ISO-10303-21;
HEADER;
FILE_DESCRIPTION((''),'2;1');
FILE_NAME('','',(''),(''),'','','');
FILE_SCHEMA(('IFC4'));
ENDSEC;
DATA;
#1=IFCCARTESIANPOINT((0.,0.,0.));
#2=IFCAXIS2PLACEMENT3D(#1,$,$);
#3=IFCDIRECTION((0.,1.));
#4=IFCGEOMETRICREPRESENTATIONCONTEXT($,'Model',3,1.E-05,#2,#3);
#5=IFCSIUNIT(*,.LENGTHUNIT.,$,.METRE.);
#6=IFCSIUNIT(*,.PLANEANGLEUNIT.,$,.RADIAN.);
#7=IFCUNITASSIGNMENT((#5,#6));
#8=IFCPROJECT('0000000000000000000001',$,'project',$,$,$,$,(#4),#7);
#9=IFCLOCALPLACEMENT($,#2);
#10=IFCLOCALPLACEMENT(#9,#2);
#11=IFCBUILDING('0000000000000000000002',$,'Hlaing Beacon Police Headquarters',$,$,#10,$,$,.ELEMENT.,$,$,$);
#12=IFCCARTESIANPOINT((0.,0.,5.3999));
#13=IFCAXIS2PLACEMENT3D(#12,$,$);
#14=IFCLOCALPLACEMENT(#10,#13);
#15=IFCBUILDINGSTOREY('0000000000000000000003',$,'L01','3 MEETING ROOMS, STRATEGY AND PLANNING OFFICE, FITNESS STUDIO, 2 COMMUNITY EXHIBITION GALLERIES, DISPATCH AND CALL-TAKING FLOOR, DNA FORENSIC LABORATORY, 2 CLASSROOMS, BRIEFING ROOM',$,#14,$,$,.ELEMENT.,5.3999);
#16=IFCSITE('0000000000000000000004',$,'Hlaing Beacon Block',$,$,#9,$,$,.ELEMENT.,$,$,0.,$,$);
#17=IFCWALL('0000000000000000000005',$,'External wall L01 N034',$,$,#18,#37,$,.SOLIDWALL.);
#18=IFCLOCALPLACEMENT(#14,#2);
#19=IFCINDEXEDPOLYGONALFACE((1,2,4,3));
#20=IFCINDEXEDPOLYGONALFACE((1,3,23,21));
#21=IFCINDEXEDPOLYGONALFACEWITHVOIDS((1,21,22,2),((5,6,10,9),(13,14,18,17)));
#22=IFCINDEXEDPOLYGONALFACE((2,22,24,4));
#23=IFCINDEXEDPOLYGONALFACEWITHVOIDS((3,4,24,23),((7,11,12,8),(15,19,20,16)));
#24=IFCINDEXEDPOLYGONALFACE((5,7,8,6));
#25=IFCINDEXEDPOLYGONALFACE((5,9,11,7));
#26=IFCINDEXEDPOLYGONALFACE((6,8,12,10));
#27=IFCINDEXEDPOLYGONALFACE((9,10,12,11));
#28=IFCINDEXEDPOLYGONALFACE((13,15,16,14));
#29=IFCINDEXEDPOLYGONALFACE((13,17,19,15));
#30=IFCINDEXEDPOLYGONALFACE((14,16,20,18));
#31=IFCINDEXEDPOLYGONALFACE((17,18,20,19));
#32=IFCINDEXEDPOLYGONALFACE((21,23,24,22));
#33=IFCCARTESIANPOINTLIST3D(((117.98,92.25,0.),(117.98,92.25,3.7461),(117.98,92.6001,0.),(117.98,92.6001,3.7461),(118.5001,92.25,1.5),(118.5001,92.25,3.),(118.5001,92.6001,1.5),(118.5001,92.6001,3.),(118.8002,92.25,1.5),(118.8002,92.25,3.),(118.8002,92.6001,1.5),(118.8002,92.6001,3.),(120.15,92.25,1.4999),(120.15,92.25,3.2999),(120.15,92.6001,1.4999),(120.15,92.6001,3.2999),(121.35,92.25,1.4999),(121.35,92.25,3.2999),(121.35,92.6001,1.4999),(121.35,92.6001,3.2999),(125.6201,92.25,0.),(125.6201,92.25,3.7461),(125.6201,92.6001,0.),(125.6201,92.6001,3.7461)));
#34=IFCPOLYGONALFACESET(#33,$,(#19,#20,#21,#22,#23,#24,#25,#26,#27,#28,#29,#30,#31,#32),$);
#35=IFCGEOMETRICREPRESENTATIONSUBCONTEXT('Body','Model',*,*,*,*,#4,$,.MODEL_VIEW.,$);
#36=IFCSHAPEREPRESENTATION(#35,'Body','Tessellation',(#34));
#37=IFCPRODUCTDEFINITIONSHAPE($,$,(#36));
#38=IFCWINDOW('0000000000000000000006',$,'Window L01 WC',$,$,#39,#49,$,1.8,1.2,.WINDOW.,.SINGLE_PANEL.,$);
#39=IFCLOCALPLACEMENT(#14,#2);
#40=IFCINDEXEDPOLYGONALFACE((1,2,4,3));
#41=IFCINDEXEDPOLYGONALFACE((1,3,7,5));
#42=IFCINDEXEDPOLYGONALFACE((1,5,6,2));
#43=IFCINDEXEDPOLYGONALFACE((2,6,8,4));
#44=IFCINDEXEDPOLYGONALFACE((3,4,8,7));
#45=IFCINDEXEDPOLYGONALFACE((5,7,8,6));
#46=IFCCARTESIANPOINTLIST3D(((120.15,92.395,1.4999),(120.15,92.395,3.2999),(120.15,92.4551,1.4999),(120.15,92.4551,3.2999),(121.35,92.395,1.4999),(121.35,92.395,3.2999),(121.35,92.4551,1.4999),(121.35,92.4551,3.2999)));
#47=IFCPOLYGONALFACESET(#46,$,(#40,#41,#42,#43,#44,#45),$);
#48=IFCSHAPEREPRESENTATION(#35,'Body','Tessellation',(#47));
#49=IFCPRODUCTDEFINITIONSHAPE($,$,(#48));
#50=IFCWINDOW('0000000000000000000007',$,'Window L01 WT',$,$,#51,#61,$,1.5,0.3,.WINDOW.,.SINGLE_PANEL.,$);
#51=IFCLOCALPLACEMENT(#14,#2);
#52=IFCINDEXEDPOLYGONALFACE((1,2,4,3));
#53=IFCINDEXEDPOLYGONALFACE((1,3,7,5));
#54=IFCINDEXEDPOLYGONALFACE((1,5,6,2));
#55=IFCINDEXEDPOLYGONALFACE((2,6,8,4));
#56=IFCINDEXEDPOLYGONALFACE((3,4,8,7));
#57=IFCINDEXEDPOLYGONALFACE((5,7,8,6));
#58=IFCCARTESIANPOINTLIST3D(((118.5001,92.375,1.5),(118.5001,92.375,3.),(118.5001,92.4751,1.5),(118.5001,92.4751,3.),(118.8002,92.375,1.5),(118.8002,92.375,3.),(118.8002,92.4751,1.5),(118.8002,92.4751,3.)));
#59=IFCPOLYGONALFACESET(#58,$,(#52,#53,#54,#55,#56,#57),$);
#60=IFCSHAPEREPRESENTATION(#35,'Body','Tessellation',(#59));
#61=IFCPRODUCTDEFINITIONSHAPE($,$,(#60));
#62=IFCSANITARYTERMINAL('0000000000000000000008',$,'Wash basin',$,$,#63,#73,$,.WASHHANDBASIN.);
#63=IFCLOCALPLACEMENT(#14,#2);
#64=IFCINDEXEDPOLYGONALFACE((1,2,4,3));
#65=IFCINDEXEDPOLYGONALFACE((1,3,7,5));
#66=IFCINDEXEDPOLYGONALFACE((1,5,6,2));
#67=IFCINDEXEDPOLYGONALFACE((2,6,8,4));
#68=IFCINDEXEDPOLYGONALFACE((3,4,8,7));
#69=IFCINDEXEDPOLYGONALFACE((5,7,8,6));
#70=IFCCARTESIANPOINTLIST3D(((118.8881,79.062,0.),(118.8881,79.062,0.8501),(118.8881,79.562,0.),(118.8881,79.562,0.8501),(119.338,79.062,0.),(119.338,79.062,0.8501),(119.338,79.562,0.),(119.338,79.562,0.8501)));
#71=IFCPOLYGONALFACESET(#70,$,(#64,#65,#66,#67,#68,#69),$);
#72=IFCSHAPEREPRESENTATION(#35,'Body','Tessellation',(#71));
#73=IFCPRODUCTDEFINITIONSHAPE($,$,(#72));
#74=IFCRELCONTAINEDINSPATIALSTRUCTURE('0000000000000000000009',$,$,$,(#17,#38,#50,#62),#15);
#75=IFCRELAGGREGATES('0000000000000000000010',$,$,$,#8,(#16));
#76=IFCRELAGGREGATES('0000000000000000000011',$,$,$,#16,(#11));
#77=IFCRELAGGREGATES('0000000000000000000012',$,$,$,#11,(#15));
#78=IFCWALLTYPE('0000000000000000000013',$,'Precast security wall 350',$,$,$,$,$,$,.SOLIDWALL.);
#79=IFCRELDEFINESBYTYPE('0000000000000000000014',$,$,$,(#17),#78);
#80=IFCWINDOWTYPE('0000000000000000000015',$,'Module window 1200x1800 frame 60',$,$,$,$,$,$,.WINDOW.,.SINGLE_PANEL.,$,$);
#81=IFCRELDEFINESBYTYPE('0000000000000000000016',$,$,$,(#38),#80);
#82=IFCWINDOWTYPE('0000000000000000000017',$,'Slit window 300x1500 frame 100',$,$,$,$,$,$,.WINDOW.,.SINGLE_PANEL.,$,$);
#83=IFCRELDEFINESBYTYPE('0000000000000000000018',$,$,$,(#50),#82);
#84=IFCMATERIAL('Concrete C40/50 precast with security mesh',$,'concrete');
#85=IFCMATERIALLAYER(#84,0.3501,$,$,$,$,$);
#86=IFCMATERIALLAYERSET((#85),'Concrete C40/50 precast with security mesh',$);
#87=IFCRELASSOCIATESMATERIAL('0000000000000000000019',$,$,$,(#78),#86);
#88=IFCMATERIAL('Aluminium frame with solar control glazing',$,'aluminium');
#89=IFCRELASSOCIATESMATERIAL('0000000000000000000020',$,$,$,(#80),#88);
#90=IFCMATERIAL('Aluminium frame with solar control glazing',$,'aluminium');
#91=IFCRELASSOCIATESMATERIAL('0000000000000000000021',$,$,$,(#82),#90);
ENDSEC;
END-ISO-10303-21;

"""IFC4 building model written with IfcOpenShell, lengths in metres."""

from ifc_helpers import new_model, si_unit, direction, frame, frame_2d, origin, origin_2d, place, context, subcontext, project, spatial, rectangle, extrude, material, layer, layer_set, type_object, element, fill, save


model = new_model("IFC4")

# Units and contexts
model_context = context("Model", 3, precision=1e-05, world=origin(), true_north=direction((0.0, 1.0)))
body_context = subcontext(model_context, "Body", "Model", "MODEL_VIEW")
ifc_project = project(units=[si_unit("LENGTHUNIT", "METRE"), si_unit("PLANEANGLEUNIT", "RADIAN")], contexts=[model_context])

# Site, building, storey
site_placement = place(None, origin())
site = spatial("IfcSite", under=ifc_project, at=site_placement, Name="Hlaing Beacon Block", CompositionType="ELEMENT", RefElevation=0.0)
building_placement = place(site_placement, origin())
building = spatial("IfcBuilding", under=site, at=building_placement, Name="Hlaing Beacon Police Headquarters", CompositionType="ELEMENT")
storey_placement = place(building_placement, frame((0.0, 0.0, 5.3999)))
storey = spatial("IfcBuildingStorey", under=building, at=storey_placement, Name="L01", Description="3 MEETING ROOMS, STRATEGY AND PLANNING OFFICE, FITNESS STUDIO, 2 COMMUNITY EXHIBITION GALLERIES, DISPATCH AND CALL-TAKING FLOOR, DNA FORENSIC LABORATORY, 2 CLASSROOMS, BRIEFING ROOM", CompositionType="ELEMENT", Elevation=5.3999)

# Wall, openings, windows
ifc_material_1 = material(Name="Concrete C40/50 precast with security mesh", Category="concrete")
ifc_layer_1 = layer(ifc_material_1, 0.3501)
ifc_layer_set_1 = layer_set([ifc_layer_1], Name="Concrete C40/50 precast with security mesh")
wall_type_1 = type_object("IfcWallType", Name="Precast security wall 350", PredefinedType="SOLIDWALL", material=ifc_layer_set_1)
wall_1_placement = place(storey_placement, frame((125.6201, 92.425, 0.0), z_axis=(0.0, 0.0, 1.0), x_axis=(-1.0, 0.0, 0.0)))
wall_1 = element("IfcWall", 1, at=wall_1_placement, inside=storey, type_object=wall_type_1, Name="External wall L01 N034", PredefinedType="SOLIDWALL", context=body_context, shape_type="SweptSolid", body=[
    extrude(rectangle(XDim=7.6401, YDim=0.3501, at=frame_2d((3.8201, 0.0))), origin(), (0.0, 0.0, 1.0), 3.7461),
])
opening_1_placement = place(wall_1_placement, frame((4.27, 0.0, 1.5)))
opening_1 = element("IfcOpeningElement", 2, at=opening_1_placement, cuts=wall_1, PredefinedType="OPENING", context=body_context, shape_type="SweptSolid", body=[
    extrude(rectangle(XDim=1.2, YDim=1.8, at=frame_2d((0.6001, 0.8999))), frame((0.0, 0.1851, 0.0), z_axis=(0.0, -1.0, 0.0), x_axis=(1.0, 0.0, 0.0)), (0.0, 0.0, 1.0), 0.3701),
])
opening_2_placement = place(wall_1_placement, frame((6.8201, 0.0, 1.5)))
opening_2 = element("IfcOpeningElement", 3, at=opening_2_placement, cuts=wall_1, PredefinedType="OPENING", context=body_context, shape_type="SweptSolid", body=[
    extrude(rectangle(XDim=0.3, YDim=1.5, at=frame_2d((0.1499, 0.75))), frame((0.0, 0.1851, 0.0), z_axis=(0.0, -1.0, 0.0), x_axis=(1.0, 0.0, 0.0)), (0.0, 0.0, 1.0), 0.3701),
])
ifc_material_2 = material(Name="Aluminium frame with solar control glazing", Category="aluminium")
window_type_1 = type_object("IfcWindowType", Name="Module window 1200x1800 frame 60", PartitioningType="SINGLE_PANEL", PredefinedType="WINDOW", material=ifc_material_2)
window_1_placement = place(opening_1_placement, origin())
window_1 = element("IfcWindow", 4, at=window_1_placement, inside=storey, type_object=window_type_1, Name="Window L01 WC", OverallHeight=1.8, OverallWidth=1.2, PartitioningType="SINGLE_PANEL", PredefinedType="WINDOW", context=body_context, shape_type="SweptSolid", body=[
    extrude(rectangle(XDim=1.2, YDim=1.8, at=frame_2d((0.6001, 0.8999))), frame((0.0, 0.03, 0.0), z_axis=(0.0, -1.0, 0.0), x_axis=(1.0, 0.0, 0.0)), (0.0, 0.0, 1.0), 0.0601),
])
fill(opening_1, window_1)
ifc_material_3 = material(Name="Aluminium frame with solar control glazing", Category="aluminium")
window_type_2 = type_object("IfcWindowType", Name="Slit window 300x1500 frame 100", PartitioningType="SINGLE_PANEL", PredefinedType="WINDOW", material=ifc_material_3)
window_2_placement = place(opening_2_placement, origin())
window_2 = element("IfcWindow", 5, at=window_2_placement, inside=storey, type_object=window_type_2, Name="Window L01 WT", OverallHeight=1.5, OverallWidth=0.3, PartitioningType="SINGLE_PANEL", PredefinedType="WINDOW", context=body_context, shape_type="SweptSolid", body=[
    extrude(rectangle(XDim=0.3, YDim=1.5, at=frame_2d((0.1499, 0.75))), frame((0.0, 0.05, 0.0), z_axis=(0.0, -1.0, 0.0), x_axis=(1.0, 0.0, 0.0)), (0.0, 0.0, 1.0), 0.1001),
])
fill(opening_2, window_2)

# Sanitary terminal
sanitary_terminal_placement = place(storey_placement, frame((119.113, 79.312, 0.0), z_axis=(0.0, 0.0, 1.0), x_axis=(1.0, 0.0, 0.0)))
element("IfcSanitaryTerminal", 6, at=sanitary_terminal_placement, inside=storey, Name="Wash basin", PredefinedType="WASHHANDBASIN", context=body_context, shape_type="SweptSolid", body=[
    extrude(rectangle(XDim=0.45, YDim=0.5, at=origin_2d()), origin(), (0.0, 0.0, 1.0), 0.8501),
])

save(model, "model.ifc")
